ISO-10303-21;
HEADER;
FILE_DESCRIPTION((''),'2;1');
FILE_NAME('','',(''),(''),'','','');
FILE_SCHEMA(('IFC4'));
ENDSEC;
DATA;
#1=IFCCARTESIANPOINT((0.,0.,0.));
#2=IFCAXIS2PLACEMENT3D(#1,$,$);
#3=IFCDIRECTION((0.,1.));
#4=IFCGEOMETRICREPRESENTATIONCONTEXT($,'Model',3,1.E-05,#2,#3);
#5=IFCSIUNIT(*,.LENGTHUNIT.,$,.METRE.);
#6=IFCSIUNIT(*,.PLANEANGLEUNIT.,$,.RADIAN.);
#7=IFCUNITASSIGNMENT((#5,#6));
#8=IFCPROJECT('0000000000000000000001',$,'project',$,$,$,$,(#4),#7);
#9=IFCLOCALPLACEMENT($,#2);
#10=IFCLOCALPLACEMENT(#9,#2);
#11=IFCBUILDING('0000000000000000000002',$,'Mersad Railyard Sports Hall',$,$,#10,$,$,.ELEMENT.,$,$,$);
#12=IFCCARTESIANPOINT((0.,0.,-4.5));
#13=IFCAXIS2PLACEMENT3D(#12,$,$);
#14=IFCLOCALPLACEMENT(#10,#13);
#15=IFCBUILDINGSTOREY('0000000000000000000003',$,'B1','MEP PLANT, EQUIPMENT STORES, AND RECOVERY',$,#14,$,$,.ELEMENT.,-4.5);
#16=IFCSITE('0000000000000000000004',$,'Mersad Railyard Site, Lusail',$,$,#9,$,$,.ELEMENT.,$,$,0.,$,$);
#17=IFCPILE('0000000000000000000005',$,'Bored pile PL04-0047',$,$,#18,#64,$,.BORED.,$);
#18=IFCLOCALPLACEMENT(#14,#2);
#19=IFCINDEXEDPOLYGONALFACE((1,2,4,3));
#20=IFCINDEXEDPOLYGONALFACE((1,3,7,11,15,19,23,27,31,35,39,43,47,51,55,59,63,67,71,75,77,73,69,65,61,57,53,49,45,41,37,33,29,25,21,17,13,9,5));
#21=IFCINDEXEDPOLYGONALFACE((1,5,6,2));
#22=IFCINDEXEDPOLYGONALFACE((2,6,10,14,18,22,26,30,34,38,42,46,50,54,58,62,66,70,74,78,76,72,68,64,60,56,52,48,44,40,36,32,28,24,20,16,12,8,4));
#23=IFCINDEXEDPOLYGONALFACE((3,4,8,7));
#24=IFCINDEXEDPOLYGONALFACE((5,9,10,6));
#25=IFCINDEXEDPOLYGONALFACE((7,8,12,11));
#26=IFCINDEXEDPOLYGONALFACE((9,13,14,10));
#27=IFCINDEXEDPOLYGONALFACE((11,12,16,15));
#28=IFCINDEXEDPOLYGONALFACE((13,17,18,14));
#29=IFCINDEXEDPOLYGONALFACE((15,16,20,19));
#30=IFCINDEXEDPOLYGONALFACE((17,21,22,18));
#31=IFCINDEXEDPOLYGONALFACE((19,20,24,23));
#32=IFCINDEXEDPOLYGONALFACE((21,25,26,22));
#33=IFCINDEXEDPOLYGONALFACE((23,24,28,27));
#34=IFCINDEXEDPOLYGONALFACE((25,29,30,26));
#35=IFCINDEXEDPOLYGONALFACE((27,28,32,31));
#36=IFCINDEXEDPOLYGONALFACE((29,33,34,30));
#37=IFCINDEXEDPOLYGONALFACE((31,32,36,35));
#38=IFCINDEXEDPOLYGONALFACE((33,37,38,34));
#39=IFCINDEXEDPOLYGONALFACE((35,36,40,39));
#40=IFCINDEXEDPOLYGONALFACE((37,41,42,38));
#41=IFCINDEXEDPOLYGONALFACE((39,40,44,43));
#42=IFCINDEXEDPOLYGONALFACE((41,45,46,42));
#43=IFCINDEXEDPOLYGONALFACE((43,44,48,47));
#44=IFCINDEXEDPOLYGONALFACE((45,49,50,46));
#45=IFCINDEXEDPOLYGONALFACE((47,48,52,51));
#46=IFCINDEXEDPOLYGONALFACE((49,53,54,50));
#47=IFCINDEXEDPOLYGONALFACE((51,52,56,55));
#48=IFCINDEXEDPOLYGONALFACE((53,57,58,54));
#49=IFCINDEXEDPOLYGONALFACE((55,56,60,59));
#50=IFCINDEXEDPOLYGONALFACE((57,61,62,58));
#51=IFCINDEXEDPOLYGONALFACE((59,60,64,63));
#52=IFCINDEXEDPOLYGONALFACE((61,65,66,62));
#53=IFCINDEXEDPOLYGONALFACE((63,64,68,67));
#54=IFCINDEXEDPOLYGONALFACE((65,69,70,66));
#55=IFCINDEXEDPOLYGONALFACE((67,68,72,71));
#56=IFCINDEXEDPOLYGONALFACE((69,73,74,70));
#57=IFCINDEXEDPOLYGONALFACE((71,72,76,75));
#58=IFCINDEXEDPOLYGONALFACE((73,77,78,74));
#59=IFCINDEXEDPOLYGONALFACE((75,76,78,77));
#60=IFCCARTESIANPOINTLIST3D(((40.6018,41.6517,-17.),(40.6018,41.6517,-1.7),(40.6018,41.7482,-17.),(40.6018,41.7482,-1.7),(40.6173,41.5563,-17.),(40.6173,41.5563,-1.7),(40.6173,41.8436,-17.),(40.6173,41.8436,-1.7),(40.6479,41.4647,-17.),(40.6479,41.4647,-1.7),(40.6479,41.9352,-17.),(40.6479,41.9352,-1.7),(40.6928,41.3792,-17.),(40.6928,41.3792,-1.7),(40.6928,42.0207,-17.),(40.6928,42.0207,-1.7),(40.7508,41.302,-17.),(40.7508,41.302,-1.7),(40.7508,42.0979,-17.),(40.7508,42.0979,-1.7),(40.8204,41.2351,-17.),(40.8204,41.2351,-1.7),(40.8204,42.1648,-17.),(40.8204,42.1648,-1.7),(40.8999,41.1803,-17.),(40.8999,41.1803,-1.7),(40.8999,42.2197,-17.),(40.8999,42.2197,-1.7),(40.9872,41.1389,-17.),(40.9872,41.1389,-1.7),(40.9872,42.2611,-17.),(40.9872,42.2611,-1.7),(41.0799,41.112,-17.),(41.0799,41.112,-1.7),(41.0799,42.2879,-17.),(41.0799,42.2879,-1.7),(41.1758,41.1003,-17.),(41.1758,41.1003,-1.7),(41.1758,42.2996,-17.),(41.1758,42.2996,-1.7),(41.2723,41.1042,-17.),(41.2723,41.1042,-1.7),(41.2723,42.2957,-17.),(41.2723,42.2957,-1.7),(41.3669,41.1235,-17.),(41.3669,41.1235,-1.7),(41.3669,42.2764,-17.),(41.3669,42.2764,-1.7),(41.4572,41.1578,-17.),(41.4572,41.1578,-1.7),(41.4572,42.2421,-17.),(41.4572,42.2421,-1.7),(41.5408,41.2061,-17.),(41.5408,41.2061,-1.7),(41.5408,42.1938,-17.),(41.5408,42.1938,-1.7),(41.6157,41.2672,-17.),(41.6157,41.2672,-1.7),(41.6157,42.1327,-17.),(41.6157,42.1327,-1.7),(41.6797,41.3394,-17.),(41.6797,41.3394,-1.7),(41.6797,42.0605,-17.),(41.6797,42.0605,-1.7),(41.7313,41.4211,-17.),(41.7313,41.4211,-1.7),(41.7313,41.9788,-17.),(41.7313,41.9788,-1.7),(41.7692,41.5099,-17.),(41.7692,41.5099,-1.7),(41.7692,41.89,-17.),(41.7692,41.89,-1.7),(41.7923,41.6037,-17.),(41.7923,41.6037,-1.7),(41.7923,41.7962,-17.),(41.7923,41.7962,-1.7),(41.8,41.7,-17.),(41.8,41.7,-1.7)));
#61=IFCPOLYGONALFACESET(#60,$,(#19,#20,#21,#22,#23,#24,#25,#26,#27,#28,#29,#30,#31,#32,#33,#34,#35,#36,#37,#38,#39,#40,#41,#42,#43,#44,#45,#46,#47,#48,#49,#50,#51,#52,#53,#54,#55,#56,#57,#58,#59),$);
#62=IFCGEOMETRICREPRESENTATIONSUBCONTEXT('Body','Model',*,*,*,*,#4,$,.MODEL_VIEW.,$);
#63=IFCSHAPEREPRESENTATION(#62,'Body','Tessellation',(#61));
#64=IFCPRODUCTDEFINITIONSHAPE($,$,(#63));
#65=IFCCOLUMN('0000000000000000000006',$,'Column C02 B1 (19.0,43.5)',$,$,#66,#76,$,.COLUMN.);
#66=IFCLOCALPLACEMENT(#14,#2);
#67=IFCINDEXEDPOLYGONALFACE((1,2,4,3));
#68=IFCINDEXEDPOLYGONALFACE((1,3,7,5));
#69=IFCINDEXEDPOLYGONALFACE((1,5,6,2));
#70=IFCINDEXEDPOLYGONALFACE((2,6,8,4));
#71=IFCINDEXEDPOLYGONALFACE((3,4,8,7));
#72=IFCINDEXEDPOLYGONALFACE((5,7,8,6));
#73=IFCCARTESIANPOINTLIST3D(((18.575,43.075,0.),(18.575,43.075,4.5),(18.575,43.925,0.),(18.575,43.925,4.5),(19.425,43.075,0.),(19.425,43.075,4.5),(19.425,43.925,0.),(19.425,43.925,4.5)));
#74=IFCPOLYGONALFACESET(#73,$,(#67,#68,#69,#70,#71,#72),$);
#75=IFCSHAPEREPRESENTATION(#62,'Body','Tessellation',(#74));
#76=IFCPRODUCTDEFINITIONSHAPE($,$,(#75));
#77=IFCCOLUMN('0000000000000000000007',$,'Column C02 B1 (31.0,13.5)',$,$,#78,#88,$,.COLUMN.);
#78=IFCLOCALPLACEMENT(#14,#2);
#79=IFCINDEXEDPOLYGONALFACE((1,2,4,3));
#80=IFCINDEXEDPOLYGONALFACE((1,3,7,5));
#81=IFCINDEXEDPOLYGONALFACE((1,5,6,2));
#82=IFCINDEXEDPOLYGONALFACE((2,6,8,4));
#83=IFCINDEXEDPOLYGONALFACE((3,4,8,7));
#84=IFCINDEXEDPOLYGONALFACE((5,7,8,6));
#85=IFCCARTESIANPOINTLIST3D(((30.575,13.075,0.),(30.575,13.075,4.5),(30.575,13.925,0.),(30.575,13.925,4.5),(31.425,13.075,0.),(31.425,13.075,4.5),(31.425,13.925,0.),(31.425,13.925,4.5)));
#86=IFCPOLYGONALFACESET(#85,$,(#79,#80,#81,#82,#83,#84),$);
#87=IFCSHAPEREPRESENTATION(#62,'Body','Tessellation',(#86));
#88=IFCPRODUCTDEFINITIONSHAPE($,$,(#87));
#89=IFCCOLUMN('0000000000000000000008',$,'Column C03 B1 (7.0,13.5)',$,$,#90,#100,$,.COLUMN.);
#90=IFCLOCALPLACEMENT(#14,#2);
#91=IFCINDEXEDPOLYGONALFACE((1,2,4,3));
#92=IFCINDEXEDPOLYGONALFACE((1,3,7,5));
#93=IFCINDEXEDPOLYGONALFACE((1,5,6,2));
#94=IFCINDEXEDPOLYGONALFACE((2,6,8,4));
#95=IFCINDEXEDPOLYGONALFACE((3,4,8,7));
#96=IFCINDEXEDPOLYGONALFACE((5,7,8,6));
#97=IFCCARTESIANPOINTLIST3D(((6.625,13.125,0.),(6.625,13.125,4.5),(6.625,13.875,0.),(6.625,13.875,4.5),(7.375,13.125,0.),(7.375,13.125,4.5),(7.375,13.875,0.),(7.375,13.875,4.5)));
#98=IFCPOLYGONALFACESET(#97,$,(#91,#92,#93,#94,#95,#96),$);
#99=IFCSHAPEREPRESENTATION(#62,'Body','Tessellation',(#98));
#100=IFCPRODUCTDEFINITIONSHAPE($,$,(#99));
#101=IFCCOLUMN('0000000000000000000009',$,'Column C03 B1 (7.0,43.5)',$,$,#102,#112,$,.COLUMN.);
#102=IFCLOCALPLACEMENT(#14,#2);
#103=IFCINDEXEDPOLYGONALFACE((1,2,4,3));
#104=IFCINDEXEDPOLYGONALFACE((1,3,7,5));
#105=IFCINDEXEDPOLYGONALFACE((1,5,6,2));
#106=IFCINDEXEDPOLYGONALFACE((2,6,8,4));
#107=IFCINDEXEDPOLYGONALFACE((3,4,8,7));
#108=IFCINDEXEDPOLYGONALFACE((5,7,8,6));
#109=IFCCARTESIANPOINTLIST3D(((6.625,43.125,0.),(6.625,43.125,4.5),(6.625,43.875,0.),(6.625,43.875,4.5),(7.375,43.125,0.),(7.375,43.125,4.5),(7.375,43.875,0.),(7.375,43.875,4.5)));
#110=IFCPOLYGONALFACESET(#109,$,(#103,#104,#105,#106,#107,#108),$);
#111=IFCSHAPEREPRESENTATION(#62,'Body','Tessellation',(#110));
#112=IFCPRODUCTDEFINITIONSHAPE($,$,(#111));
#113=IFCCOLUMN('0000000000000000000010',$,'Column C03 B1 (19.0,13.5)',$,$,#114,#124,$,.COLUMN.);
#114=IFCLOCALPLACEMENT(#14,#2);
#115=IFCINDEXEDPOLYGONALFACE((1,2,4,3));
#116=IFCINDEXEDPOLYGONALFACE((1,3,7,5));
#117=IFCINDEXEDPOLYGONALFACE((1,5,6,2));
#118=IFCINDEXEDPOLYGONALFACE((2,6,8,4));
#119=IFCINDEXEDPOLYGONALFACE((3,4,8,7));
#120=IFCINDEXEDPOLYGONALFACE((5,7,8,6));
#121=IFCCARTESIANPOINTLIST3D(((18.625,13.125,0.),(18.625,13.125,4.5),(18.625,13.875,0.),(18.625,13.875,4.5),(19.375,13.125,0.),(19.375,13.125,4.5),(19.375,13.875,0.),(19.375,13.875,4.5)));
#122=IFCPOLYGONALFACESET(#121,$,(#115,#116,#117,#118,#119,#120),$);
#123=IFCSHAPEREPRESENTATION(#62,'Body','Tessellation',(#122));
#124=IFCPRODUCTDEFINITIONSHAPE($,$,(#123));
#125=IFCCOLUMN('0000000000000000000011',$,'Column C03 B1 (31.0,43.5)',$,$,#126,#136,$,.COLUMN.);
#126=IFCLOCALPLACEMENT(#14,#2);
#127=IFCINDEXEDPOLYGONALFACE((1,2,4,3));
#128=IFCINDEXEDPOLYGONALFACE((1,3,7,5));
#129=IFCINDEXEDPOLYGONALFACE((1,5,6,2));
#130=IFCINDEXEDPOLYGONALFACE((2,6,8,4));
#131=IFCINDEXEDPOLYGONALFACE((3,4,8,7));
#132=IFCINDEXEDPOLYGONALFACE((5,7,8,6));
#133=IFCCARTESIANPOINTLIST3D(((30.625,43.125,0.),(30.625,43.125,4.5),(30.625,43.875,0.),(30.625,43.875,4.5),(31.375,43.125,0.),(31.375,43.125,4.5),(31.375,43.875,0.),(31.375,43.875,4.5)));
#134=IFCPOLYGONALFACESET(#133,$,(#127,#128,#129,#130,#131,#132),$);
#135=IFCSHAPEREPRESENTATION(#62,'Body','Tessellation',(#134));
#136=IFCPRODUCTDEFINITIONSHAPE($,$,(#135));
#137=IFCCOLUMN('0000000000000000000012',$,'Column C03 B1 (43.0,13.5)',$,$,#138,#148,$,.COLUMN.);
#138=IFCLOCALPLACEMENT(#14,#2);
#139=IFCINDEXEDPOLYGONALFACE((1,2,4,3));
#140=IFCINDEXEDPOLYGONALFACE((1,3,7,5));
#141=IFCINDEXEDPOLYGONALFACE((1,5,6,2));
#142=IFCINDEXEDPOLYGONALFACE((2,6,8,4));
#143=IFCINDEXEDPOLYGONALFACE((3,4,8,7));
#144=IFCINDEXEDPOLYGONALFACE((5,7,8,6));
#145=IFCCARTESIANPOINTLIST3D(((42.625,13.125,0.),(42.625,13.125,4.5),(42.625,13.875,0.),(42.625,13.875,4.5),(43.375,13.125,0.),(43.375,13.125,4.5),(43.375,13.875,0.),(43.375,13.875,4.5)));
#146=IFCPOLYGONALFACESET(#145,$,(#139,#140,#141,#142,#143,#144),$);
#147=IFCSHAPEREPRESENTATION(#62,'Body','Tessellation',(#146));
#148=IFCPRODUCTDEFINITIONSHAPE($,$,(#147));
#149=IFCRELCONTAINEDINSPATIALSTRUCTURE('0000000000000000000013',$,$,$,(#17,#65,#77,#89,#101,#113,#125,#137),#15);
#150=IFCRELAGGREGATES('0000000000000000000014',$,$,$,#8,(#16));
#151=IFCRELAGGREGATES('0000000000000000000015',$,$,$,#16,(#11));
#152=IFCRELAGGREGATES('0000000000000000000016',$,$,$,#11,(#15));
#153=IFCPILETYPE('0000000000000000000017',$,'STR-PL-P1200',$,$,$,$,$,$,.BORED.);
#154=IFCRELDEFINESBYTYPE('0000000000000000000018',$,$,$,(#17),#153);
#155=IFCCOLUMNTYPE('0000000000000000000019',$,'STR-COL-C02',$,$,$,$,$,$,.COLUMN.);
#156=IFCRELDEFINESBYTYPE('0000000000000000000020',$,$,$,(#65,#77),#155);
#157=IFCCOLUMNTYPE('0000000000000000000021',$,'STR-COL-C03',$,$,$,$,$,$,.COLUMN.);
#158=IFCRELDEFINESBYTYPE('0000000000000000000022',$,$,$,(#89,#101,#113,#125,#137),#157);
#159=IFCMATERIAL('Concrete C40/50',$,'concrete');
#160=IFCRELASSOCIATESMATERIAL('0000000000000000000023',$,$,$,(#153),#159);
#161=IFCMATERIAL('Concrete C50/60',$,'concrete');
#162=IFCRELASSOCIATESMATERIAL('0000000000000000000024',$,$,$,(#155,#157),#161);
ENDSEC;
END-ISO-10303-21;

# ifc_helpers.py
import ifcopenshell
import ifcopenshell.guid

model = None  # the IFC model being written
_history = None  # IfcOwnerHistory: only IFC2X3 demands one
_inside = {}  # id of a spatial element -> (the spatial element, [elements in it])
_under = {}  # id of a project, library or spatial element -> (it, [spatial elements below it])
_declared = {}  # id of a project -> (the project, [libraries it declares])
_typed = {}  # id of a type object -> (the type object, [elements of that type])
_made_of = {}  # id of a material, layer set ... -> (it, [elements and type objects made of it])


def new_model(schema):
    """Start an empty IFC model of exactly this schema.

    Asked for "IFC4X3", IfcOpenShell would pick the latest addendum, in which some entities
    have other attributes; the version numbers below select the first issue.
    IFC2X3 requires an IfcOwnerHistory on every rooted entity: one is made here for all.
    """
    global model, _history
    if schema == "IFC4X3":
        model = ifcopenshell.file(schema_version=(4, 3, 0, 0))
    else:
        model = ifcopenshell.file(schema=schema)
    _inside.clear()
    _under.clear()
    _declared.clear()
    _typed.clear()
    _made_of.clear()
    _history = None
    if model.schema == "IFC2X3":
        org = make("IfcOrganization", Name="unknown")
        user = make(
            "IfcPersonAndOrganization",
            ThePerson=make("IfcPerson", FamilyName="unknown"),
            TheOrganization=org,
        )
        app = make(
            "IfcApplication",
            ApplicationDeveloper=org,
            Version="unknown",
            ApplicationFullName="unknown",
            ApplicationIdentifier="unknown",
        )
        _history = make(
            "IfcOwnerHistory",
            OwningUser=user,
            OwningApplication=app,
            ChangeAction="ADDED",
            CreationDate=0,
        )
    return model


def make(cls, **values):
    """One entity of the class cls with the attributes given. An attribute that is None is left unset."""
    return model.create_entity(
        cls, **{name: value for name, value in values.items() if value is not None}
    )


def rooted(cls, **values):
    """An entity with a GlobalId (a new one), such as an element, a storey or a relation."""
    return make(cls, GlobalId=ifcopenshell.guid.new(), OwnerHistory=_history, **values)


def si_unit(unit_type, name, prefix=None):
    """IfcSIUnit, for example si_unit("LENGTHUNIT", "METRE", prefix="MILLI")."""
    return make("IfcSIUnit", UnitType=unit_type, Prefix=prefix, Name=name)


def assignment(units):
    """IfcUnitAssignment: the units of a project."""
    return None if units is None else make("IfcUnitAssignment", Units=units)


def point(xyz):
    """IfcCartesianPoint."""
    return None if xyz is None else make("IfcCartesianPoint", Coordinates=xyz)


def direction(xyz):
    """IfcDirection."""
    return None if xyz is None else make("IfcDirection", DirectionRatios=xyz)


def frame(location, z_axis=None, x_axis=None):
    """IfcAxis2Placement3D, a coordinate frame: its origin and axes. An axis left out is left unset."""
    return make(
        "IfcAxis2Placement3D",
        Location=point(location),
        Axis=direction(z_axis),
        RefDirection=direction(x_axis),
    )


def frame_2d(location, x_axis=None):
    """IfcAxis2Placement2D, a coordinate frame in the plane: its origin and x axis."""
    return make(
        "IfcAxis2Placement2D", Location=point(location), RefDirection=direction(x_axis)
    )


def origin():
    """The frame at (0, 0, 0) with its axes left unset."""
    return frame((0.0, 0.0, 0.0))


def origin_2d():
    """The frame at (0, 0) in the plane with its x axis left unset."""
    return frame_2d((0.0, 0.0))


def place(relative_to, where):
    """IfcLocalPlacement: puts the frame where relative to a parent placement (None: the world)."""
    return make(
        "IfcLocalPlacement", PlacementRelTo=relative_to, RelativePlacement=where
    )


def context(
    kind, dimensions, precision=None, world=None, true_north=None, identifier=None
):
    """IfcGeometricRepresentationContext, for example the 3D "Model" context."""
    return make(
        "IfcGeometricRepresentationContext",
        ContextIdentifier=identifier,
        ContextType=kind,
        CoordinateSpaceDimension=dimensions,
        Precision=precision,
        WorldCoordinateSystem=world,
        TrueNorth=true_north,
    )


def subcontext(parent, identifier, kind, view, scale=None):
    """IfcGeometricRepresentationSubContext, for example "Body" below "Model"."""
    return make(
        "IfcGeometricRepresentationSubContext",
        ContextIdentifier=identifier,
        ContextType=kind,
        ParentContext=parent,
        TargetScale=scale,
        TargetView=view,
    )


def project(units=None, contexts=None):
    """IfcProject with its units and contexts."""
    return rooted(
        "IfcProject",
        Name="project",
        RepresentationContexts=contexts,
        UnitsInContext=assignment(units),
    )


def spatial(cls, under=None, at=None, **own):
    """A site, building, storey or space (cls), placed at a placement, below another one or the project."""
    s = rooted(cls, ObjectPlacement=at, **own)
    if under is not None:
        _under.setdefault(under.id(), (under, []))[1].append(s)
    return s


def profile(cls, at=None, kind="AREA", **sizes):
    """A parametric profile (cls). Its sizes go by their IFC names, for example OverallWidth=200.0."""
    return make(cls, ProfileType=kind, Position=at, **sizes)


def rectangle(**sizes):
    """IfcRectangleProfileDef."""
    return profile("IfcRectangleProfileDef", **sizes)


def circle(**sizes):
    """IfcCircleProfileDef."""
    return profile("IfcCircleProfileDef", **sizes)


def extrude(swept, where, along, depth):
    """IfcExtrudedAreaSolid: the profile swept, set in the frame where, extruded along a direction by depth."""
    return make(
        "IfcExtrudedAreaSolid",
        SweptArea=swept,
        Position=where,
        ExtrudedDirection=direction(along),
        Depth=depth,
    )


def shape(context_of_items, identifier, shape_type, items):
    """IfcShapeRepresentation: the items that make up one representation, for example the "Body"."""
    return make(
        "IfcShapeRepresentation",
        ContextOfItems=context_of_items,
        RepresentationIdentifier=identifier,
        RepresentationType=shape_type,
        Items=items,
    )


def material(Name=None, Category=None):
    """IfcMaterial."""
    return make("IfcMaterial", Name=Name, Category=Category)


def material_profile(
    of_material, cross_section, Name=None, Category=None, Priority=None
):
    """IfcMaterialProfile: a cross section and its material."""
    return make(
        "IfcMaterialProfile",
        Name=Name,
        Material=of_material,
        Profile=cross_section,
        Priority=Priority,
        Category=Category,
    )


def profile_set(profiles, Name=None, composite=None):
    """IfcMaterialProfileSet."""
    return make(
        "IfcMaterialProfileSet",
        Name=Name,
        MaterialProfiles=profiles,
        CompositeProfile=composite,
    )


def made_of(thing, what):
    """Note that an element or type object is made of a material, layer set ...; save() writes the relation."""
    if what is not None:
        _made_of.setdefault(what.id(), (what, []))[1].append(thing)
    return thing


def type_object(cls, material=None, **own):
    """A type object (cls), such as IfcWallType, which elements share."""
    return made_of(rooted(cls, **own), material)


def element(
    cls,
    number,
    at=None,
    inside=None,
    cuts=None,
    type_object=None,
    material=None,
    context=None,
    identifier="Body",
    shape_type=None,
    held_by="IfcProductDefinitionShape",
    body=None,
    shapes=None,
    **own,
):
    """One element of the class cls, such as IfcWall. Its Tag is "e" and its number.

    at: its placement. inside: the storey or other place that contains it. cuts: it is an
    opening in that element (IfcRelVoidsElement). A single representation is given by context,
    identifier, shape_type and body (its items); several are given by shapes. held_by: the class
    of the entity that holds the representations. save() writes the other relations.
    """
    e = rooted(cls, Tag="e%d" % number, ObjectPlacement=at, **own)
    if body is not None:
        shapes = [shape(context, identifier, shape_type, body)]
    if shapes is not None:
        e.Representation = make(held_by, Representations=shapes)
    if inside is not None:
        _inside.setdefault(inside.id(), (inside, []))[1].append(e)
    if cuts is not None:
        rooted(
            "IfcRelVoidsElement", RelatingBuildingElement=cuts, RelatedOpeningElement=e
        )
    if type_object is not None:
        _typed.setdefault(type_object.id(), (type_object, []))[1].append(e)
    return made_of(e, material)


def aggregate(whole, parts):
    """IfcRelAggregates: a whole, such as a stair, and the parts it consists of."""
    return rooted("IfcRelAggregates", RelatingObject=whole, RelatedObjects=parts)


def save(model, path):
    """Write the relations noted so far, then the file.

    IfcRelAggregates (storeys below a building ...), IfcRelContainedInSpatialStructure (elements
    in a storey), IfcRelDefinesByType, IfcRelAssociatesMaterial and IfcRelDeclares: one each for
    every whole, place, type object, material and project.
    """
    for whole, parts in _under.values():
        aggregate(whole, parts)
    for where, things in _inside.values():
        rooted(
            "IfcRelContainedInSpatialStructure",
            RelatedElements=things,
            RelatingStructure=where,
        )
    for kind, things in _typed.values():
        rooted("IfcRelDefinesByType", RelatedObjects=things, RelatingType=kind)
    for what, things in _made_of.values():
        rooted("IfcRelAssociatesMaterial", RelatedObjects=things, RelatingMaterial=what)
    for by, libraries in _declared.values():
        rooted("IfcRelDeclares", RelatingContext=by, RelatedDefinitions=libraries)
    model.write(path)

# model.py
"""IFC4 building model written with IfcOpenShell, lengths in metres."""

from ifc_helpers import new_model, si_unit, direction, frame, origin, origin_2d, place, context, subcontext, project, spatial, rectangle, circle, extrude, material, material_profile, profile_set, type_object, element, save


model = new_model("IFC4")

# Units and contexts
model_context = context("Model", 3, precision=1e-05, world=origin(), true_north=direction((0.0, 1.0)))
body_context = subcontext(model_context, "Body", "Model", "MODEL_VIEW")
ifc_project = project(units=[si_unit("LENGTHUNIT", "METRE"), si_unit("PLANEANGLEUNIT", "RADIAN")], contexts=[model_context])

# Site, building, storey
site_placement = place(None, origin())
site = spatial("IfcSite", under=ifc_project, at=site_placement, Name="Mersad Railyard Site, Lusail", CompositionType="ELEMENT", RefElevation=0.0)
building_placement = place(site_placement, origin())
building = spatial("IfcBuilding", under=site, at=building_placement, Name="Mersad Railyard Sports Hall", CompositionType="ELEMENT")
storey_placement = place(building_placement, frame((0.0, 0.0, -4.5)))
storey = spatial("IfcBuildingStorey", under=building, at=storey_placement, Name="B1", Description="MEP PLANT, EQUIPMENT STORES, AND RECOVERY", CompositionType="ELEMENT", Elevation=-4.5)

# Shared definitions
ifc_material_1 = material(Name="Concrete C40/50", Category="concrete")

# Pile
ifc_material_profile_1 = material_profile(ifc_material_1, circle(Radius=0.6001, at=origin_2d()), Name="BORED PILE D1200")
ifc_profile_set_1 = profile_set([ifc_material_profile_1], Name="Concrete C40/50")
pile_type_1 = type_object("IfcPileType", Name="STR-PL-P1200", PredefinedType="BORED", material=ifc_profile_set_1)
pile_placement = place(storey_placement, frame((41.2, 41.7, -1.7), z_axis=(0.0, 0.0, -1.0), x_axis=(1.0, 0.0, 0.0)))
element("IfcPile", 1, at=pile_placement, inside=storey, type_object=pile_type_1, Name="Bored pile PL04-0047", PredefinedType="BORED", context=body_context, shape_type="SweptSolid", body=[
    extrude(circle(Radius=0.6001, at=origin_2d()), origin(), (0.0, 0.0, 1.0), 15.3),
])

# Columns
ifc_material_2 = material(Name="Concrete C50/60", Category="concrete")
ifc_material_profile_2 = material_profile(ifc_material_2, rectangle(XDim=0.8501, YDim=0.8501, at=origin_2d()), Name="RC 850x850")
ifc_profile_set_2 = profile_set([ifc_material_profile_2], Name="Concrete C50/60")
column_type_1 = type_object("IfcColumnType", Name="STR-COL-C02", PredefinedType="COLUMN", material=ifc_profile_set_2)
for number, where, z_axis, x_axis, name in (
    (2, (19.0, 43.5, 0.0), (0.0, 0.0, 1.0), (1.0, 0.0, 0.0), "Column C02 B1 (19.0,43.5)"),
    (3, (31.0, 13.5, 0.0), (0.0, 0.0, 1.0), (1.0, 0.0, 0.0), "Column C02 B1 (31.0,13.5)"),
):
    element("IfcColumn", number, at=place(storey_placement, frame(where, z_axis=z_axis, x_axis=x_axis)), inside=storey, type_object=column_type_1, Name=name, PredefinedType="COLUMN", context=body_context, shape_type="SweptSolid", body=[
        extrude(rectangle(XDim=0.8501, YDim=0.8501, at=origin_2d()), origin(), (0.0, 0.0, 1.0), 4.5),
    ])
ifc_material_profile_3 = material_profile(ifc_material_2, rectangle(XDim=0.75, YDim=0.75, at=origin_2d()), Name="RC 750x750")
ifc_profile_set_3 = profile_set([ifc_material_profile_3], Name="Concrete C50/60")
column_type_2 = type_object("IfcColumnType", Name="STR-COL-C03", PredefinedType="COLUMN", material=ifc_profile_set_3)
for number, where, z_axis, x_axis, name in (
    (4, (7.0, 13.5, 0.0), (0.0, 0.0, 1.0), (1.0, 0.0, 0.0), "Column C03 B1 (7.0,13.5)"),
    (5, (7.0, 43.5, 0.0), (0.0, 0.0, 1.0), (1.0, 0.0, 0.0), "Column C03 B1 (7.0,43.5)"),
    (6, (19.0, 13.5, 0.0), (0.0, 0.0, 1.0), (1.0, 0.0, 0.0), "Column C03 B1 (19.0,13.5)"),
    (7, (31.0, 43.5, 0.0), (0.0, 0.0, 1.0), (1.0, 0.0, 0.0), "Column C03 B1 (31.0,43.5)"),
    (8, (43.0, 13.5, 0.0), (0.0, 0.0, 1.0), (1.0, 0.0, 0.0), "Column C03 B1 (43.0,13.5)"),
):
    element("IfcColumn", number, at=place(storey_placement, frame(where, z_axis=z_axis, x_axis=x_axis)), inside=storey, type_object=column_type_2, Name=name, PredefinedType="COLUMN", context=body_context, shape_type="SweptSolid", body=[
        extrude(rectangle(XDim=0.75, YDim=0.75, at=origin_2d()), origin(), (0.0, 0.0, 1.0), 4.5),
    ])

save(model, "model.ifc")
